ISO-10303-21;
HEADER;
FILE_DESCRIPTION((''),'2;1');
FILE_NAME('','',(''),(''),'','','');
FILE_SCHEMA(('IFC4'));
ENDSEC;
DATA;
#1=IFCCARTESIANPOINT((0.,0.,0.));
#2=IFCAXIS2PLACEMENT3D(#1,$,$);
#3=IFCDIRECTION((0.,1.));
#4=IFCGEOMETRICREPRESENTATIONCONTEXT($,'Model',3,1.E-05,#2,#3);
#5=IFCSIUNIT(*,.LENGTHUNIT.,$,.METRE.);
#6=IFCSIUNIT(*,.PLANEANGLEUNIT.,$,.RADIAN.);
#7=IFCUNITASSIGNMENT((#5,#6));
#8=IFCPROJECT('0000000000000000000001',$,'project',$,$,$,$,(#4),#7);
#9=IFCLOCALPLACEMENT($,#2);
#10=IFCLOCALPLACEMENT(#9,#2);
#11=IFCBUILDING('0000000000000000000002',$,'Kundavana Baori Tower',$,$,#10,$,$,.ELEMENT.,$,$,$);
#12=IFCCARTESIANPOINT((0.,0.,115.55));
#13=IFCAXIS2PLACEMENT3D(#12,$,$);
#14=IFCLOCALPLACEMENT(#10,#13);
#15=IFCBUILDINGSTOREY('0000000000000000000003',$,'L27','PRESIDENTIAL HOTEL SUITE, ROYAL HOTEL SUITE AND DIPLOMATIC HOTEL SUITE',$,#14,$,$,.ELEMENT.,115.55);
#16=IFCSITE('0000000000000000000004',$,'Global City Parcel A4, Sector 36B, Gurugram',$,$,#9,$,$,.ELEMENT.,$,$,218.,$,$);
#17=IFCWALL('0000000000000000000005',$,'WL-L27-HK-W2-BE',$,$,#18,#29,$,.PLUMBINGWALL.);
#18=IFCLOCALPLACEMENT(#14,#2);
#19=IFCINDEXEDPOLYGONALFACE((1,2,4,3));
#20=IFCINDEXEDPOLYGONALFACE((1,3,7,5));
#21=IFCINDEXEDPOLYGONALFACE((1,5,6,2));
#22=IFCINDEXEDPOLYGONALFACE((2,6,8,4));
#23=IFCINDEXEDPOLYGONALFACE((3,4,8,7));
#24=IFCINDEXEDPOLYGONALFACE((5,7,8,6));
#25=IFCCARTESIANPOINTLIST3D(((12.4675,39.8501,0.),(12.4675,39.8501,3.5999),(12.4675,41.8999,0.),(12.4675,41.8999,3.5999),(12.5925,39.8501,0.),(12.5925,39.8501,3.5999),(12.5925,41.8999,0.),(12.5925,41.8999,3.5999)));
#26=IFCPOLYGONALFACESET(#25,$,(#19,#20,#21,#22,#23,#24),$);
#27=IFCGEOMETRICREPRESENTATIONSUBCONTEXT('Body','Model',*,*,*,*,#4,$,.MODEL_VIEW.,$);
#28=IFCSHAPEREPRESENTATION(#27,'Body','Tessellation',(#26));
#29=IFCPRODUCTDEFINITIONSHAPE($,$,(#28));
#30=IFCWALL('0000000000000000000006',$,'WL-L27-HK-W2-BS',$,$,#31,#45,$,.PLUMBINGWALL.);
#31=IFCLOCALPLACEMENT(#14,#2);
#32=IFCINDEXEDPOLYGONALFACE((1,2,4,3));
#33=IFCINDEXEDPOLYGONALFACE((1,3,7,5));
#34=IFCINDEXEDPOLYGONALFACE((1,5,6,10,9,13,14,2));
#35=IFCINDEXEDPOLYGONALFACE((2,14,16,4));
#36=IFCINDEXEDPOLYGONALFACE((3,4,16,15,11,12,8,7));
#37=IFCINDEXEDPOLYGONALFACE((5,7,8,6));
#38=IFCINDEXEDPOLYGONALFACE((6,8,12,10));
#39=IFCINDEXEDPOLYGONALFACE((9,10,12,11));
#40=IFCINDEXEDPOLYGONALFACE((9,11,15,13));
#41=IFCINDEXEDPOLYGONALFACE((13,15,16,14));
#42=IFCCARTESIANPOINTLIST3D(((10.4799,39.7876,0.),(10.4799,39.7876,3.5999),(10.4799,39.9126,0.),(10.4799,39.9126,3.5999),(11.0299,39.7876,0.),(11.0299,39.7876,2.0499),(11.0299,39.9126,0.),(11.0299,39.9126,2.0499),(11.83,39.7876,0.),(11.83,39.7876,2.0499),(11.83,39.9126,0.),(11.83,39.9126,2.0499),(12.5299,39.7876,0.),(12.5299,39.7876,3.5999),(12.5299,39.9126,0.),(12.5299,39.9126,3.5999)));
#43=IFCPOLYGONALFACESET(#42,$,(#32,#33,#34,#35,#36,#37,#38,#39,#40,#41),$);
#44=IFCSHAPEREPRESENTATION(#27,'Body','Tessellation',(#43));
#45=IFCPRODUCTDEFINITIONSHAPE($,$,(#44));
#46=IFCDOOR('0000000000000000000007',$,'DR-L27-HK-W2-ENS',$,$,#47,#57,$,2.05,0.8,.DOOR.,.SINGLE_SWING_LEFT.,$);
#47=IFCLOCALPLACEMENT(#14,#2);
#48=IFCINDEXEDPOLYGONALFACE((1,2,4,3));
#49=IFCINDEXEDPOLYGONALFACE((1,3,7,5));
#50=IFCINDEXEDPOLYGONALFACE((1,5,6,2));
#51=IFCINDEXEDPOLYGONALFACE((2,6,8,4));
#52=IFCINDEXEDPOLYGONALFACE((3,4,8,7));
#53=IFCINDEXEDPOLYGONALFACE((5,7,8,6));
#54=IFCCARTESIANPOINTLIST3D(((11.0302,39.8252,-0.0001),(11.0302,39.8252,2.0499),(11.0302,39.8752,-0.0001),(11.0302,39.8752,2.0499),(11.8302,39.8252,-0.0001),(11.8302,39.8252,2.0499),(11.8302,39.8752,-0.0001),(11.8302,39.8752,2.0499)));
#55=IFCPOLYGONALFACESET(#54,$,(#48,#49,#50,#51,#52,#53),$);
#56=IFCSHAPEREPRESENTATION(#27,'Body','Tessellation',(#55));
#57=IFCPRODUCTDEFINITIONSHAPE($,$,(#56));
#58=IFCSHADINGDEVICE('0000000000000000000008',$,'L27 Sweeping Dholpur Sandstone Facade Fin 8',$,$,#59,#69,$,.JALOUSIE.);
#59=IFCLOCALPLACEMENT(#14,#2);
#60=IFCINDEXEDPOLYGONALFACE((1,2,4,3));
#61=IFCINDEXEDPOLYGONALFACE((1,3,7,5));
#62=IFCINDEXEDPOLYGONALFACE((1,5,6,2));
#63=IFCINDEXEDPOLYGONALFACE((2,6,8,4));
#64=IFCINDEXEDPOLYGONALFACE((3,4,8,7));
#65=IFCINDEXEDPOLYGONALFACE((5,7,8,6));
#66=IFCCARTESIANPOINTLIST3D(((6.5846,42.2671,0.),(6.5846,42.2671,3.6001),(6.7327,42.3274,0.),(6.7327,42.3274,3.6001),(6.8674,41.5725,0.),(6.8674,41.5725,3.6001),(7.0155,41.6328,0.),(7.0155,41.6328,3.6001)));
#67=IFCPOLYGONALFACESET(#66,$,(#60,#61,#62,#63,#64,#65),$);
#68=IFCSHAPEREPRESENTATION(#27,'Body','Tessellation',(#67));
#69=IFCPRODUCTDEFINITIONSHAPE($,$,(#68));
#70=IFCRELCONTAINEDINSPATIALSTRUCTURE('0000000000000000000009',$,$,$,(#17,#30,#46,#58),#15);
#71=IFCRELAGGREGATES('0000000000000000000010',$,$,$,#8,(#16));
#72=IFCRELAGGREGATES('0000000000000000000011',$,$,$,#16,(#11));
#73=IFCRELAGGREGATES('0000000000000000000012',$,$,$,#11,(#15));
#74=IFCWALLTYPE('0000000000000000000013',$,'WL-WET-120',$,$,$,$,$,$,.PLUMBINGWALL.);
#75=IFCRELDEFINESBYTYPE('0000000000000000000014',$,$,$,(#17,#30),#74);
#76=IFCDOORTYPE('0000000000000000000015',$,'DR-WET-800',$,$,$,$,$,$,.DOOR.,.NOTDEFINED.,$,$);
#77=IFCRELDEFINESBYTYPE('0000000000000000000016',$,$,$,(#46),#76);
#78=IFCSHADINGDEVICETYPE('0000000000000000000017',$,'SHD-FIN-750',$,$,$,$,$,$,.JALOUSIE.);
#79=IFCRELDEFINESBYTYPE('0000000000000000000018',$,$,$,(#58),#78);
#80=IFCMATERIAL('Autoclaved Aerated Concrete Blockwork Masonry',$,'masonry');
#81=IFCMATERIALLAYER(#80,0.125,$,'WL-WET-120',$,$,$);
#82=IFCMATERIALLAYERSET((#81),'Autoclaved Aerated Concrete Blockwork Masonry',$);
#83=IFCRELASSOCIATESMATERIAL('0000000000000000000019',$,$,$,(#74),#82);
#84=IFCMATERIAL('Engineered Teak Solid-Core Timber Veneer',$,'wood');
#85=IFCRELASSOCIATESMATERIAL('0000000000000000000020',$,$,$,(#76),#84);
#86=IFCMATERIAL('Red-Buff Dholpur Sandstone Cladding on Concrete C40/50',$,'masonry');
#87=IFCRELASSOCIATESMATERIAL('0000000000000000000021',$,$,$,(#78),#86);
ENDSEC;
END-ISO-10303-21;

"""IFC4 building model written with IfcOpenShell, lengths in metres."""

from ifc_helpers import new_model, si_unit, direction, frame, frame_2d, origin, origin_2d, place, context, subcontext, project, spatial, rectangle, extrude, material, layer, layer_set, type_object, element, fill, save


model = new_model("IFC4")

# Units and contexts
model_context = context("Model", 3, precision=1e-05, world=origin(), true_north=direction((0.0, 1.0)))
body_context = subcontext(model_context, "Body", "Model", "MODEL_VIEW")
ifc_project = project(units=[si_unit("LENGTHUNIT", "METRE"), si_unit("PLANEANGLEUNIT", "RADIAN")], contexts=[model_context])

# Site, building, storey
site_placement = place(None, origin())
site = spatial("IfcSite", under=ifc_project, at=site_placement, Name="Global City Parcel A4, Sector 36B, Gurugram", CompositionType="ELEMENT", RefElevation=218.0)
building_placement = place(site_placement, origin())
building = spatial("IfcBuilding", under=site, at=building_placement, Name="Kundavana Baori Tower", CompositionType="ELEMENT")
storey_placement = place(building_placement, frame((0.0, 0.0, 115.55)))
storey = spatial("IfcBuildingStorey", under=building, at=storey_placement, Name="L27", Description="PRESIDENTIAL HOTEL SUITE, ROYAL HOTEL SUITE AND DIPLOMATIC HOTEL SUITE", CompositionType="ELEMENT", Elevation=115.55)

# Wall
ifc_material_1 = material(Name="Autoclaved Aerated Concrete Blockwork Masonry", Category="masonry")
ifc_layer_1 = layer(ifc_material_1, 0.125, Name="WL-WET-120")
ifc_layer_set_1 = layer_set([ifc_layer_1], Name="Autoclaved Aerated Concrete Blockwork Masonry")
wall_type_1 = type_object("IfcWallType", Name="WL-WET-120", PredefinedType="PLUMBINGWALL", material=ifc_layer_set_1)
wall_1_placement = place(storey_placement, frame((12.53, 39.8501, 0.0), z_axis=(0.0, 0.0, 1.0), x_axis=(0.0, 1.0, 0.0)))
element("IfcWall", 1, at=wall_1_placement, inside=storey, type_object=wall_type_1, Name="WL-L27-HK-W2-BE", PredefinedType="PLUMBINGWALL", context=body_context, shape_type="SweptSolid", body=[
    extrude(rectangle(XDim=2.0498, YDim=0.125, at=frame_2d((1.0249, 0.0))), origin(), (0.0, 0.0, 1.0), 3.5999),
])

# Wall, opening, door
wall_2_placement = place(storey_placement, frame((10.48, 39.8501, 0.0), z_axis=(0.0, 0.0, 1.0), x_axis=(1.0, 0.0, 0.0)))
wall_2 = element("IfcWall", 2, at=wall_2_placement, inside=storey, type_object=wall_type_1, Name="WL-L27-HK-W2-BS", PredefinedType="PLUMBINGWALL", context=body_context, shape_type="SweptSolid", body=[
    extrude(rectangle(XDim=2.05, YDim=0.125, at=frame_2d((1.0249, 0.0))), origin(), (0.0, 0.0, 1.0), 3.5999),
])
opening_1_placement = place(wall_2_placement, frame((0.55, 0.0, 0.0)))
opening_1 = element("IfcOpeningElement", 3, at=opening_1_placement, cuts=wall_2, PredefinedType="OPENING", context=body_context, shape_type="SweptSolid", body=[
    extrude(rectangle(XDim=0.8, YDim=2.05, at=frame_2d((0.3999, 1.0249))), frame((0.0, 0.0725, 0.0), z_axis=(0.0, -1.0, 0.0), x_axis=(1.0, 0.0, 0.0)), (0.0, 0.0, 1.0), 0.145),
])
ifc_material_2 = material(Name="Engineered Teak Solid-Core Timber Veneer", Category="wood")
door_type_1 = type_object("IfcDoorType", Name="DR-WET-800", OperationType="NOTDEFINED", PredefinedType="DOOR", material=ifc_material_2)
door_1_placement = place(opening_1_placement, frame((0.8, 0.0, 0.0), z_axis=(0.0, 0.0, 1.0), x_axis=(-1.0, 0.0, 0.0)))
door_1 = element("IfcDoor", 4, at=door_1_placement, inside=storey, type_object=door_type_1, Name="DR-L27-HK-W2-ENS", OperationType="SINGLE_SWING_LEFT", OverallHeight=2.05, OverallWidth=0.8, PredefinedType="DOOR", context=body_context, shape_type="SweptSolid", body=[
    extrude(rectangle(XDim=0.8, YDim=2.05, at=frame_2d((0.3999, 1.0249))), frame((0.0, 0.0249, 0.0), z_axis=(0.0, -1.0, 0.0), x_axis=(1.0, 0.0, 0.0)), (0.0, 0.0, 1.0), 0.05),
])
fill(opening_1, door_1)

# Shading device
ifc_material_3 = material(Name="Red-Buff Dholpur Sandstone Cladding on Concrete C40/50", Category="masonry")
shading_device_type = type_object("IfcShadingDeviceType", Name="SHD-FIN-750", PredefinedType="JALOUSIE", material=ifc_material_3)
shading_device_placement = place(storey_placement, frame((6.8, 41.95, 0.0), z_axis=(0.0, 0.0, 1.0), x_axis=(0.9262, 0.377033, 0.0)))
element("IfcShadingDevice", 5, at=shading_device_placement, inside=storey, type_object=shading_device_type, Name="L27 Sweeping Dholpur Sandstone Facade Fin 8", PredefinedType="JALOUSIE", context=body_context, shape_type="SweptSolid", body=[
    extrude(rectangle(XDim=0.1599, YDim=0.75, at=origin_2d()), origin(), (0.0, 0.0, 1.0), 3.6001),
])

save(model, "model.ifc")
